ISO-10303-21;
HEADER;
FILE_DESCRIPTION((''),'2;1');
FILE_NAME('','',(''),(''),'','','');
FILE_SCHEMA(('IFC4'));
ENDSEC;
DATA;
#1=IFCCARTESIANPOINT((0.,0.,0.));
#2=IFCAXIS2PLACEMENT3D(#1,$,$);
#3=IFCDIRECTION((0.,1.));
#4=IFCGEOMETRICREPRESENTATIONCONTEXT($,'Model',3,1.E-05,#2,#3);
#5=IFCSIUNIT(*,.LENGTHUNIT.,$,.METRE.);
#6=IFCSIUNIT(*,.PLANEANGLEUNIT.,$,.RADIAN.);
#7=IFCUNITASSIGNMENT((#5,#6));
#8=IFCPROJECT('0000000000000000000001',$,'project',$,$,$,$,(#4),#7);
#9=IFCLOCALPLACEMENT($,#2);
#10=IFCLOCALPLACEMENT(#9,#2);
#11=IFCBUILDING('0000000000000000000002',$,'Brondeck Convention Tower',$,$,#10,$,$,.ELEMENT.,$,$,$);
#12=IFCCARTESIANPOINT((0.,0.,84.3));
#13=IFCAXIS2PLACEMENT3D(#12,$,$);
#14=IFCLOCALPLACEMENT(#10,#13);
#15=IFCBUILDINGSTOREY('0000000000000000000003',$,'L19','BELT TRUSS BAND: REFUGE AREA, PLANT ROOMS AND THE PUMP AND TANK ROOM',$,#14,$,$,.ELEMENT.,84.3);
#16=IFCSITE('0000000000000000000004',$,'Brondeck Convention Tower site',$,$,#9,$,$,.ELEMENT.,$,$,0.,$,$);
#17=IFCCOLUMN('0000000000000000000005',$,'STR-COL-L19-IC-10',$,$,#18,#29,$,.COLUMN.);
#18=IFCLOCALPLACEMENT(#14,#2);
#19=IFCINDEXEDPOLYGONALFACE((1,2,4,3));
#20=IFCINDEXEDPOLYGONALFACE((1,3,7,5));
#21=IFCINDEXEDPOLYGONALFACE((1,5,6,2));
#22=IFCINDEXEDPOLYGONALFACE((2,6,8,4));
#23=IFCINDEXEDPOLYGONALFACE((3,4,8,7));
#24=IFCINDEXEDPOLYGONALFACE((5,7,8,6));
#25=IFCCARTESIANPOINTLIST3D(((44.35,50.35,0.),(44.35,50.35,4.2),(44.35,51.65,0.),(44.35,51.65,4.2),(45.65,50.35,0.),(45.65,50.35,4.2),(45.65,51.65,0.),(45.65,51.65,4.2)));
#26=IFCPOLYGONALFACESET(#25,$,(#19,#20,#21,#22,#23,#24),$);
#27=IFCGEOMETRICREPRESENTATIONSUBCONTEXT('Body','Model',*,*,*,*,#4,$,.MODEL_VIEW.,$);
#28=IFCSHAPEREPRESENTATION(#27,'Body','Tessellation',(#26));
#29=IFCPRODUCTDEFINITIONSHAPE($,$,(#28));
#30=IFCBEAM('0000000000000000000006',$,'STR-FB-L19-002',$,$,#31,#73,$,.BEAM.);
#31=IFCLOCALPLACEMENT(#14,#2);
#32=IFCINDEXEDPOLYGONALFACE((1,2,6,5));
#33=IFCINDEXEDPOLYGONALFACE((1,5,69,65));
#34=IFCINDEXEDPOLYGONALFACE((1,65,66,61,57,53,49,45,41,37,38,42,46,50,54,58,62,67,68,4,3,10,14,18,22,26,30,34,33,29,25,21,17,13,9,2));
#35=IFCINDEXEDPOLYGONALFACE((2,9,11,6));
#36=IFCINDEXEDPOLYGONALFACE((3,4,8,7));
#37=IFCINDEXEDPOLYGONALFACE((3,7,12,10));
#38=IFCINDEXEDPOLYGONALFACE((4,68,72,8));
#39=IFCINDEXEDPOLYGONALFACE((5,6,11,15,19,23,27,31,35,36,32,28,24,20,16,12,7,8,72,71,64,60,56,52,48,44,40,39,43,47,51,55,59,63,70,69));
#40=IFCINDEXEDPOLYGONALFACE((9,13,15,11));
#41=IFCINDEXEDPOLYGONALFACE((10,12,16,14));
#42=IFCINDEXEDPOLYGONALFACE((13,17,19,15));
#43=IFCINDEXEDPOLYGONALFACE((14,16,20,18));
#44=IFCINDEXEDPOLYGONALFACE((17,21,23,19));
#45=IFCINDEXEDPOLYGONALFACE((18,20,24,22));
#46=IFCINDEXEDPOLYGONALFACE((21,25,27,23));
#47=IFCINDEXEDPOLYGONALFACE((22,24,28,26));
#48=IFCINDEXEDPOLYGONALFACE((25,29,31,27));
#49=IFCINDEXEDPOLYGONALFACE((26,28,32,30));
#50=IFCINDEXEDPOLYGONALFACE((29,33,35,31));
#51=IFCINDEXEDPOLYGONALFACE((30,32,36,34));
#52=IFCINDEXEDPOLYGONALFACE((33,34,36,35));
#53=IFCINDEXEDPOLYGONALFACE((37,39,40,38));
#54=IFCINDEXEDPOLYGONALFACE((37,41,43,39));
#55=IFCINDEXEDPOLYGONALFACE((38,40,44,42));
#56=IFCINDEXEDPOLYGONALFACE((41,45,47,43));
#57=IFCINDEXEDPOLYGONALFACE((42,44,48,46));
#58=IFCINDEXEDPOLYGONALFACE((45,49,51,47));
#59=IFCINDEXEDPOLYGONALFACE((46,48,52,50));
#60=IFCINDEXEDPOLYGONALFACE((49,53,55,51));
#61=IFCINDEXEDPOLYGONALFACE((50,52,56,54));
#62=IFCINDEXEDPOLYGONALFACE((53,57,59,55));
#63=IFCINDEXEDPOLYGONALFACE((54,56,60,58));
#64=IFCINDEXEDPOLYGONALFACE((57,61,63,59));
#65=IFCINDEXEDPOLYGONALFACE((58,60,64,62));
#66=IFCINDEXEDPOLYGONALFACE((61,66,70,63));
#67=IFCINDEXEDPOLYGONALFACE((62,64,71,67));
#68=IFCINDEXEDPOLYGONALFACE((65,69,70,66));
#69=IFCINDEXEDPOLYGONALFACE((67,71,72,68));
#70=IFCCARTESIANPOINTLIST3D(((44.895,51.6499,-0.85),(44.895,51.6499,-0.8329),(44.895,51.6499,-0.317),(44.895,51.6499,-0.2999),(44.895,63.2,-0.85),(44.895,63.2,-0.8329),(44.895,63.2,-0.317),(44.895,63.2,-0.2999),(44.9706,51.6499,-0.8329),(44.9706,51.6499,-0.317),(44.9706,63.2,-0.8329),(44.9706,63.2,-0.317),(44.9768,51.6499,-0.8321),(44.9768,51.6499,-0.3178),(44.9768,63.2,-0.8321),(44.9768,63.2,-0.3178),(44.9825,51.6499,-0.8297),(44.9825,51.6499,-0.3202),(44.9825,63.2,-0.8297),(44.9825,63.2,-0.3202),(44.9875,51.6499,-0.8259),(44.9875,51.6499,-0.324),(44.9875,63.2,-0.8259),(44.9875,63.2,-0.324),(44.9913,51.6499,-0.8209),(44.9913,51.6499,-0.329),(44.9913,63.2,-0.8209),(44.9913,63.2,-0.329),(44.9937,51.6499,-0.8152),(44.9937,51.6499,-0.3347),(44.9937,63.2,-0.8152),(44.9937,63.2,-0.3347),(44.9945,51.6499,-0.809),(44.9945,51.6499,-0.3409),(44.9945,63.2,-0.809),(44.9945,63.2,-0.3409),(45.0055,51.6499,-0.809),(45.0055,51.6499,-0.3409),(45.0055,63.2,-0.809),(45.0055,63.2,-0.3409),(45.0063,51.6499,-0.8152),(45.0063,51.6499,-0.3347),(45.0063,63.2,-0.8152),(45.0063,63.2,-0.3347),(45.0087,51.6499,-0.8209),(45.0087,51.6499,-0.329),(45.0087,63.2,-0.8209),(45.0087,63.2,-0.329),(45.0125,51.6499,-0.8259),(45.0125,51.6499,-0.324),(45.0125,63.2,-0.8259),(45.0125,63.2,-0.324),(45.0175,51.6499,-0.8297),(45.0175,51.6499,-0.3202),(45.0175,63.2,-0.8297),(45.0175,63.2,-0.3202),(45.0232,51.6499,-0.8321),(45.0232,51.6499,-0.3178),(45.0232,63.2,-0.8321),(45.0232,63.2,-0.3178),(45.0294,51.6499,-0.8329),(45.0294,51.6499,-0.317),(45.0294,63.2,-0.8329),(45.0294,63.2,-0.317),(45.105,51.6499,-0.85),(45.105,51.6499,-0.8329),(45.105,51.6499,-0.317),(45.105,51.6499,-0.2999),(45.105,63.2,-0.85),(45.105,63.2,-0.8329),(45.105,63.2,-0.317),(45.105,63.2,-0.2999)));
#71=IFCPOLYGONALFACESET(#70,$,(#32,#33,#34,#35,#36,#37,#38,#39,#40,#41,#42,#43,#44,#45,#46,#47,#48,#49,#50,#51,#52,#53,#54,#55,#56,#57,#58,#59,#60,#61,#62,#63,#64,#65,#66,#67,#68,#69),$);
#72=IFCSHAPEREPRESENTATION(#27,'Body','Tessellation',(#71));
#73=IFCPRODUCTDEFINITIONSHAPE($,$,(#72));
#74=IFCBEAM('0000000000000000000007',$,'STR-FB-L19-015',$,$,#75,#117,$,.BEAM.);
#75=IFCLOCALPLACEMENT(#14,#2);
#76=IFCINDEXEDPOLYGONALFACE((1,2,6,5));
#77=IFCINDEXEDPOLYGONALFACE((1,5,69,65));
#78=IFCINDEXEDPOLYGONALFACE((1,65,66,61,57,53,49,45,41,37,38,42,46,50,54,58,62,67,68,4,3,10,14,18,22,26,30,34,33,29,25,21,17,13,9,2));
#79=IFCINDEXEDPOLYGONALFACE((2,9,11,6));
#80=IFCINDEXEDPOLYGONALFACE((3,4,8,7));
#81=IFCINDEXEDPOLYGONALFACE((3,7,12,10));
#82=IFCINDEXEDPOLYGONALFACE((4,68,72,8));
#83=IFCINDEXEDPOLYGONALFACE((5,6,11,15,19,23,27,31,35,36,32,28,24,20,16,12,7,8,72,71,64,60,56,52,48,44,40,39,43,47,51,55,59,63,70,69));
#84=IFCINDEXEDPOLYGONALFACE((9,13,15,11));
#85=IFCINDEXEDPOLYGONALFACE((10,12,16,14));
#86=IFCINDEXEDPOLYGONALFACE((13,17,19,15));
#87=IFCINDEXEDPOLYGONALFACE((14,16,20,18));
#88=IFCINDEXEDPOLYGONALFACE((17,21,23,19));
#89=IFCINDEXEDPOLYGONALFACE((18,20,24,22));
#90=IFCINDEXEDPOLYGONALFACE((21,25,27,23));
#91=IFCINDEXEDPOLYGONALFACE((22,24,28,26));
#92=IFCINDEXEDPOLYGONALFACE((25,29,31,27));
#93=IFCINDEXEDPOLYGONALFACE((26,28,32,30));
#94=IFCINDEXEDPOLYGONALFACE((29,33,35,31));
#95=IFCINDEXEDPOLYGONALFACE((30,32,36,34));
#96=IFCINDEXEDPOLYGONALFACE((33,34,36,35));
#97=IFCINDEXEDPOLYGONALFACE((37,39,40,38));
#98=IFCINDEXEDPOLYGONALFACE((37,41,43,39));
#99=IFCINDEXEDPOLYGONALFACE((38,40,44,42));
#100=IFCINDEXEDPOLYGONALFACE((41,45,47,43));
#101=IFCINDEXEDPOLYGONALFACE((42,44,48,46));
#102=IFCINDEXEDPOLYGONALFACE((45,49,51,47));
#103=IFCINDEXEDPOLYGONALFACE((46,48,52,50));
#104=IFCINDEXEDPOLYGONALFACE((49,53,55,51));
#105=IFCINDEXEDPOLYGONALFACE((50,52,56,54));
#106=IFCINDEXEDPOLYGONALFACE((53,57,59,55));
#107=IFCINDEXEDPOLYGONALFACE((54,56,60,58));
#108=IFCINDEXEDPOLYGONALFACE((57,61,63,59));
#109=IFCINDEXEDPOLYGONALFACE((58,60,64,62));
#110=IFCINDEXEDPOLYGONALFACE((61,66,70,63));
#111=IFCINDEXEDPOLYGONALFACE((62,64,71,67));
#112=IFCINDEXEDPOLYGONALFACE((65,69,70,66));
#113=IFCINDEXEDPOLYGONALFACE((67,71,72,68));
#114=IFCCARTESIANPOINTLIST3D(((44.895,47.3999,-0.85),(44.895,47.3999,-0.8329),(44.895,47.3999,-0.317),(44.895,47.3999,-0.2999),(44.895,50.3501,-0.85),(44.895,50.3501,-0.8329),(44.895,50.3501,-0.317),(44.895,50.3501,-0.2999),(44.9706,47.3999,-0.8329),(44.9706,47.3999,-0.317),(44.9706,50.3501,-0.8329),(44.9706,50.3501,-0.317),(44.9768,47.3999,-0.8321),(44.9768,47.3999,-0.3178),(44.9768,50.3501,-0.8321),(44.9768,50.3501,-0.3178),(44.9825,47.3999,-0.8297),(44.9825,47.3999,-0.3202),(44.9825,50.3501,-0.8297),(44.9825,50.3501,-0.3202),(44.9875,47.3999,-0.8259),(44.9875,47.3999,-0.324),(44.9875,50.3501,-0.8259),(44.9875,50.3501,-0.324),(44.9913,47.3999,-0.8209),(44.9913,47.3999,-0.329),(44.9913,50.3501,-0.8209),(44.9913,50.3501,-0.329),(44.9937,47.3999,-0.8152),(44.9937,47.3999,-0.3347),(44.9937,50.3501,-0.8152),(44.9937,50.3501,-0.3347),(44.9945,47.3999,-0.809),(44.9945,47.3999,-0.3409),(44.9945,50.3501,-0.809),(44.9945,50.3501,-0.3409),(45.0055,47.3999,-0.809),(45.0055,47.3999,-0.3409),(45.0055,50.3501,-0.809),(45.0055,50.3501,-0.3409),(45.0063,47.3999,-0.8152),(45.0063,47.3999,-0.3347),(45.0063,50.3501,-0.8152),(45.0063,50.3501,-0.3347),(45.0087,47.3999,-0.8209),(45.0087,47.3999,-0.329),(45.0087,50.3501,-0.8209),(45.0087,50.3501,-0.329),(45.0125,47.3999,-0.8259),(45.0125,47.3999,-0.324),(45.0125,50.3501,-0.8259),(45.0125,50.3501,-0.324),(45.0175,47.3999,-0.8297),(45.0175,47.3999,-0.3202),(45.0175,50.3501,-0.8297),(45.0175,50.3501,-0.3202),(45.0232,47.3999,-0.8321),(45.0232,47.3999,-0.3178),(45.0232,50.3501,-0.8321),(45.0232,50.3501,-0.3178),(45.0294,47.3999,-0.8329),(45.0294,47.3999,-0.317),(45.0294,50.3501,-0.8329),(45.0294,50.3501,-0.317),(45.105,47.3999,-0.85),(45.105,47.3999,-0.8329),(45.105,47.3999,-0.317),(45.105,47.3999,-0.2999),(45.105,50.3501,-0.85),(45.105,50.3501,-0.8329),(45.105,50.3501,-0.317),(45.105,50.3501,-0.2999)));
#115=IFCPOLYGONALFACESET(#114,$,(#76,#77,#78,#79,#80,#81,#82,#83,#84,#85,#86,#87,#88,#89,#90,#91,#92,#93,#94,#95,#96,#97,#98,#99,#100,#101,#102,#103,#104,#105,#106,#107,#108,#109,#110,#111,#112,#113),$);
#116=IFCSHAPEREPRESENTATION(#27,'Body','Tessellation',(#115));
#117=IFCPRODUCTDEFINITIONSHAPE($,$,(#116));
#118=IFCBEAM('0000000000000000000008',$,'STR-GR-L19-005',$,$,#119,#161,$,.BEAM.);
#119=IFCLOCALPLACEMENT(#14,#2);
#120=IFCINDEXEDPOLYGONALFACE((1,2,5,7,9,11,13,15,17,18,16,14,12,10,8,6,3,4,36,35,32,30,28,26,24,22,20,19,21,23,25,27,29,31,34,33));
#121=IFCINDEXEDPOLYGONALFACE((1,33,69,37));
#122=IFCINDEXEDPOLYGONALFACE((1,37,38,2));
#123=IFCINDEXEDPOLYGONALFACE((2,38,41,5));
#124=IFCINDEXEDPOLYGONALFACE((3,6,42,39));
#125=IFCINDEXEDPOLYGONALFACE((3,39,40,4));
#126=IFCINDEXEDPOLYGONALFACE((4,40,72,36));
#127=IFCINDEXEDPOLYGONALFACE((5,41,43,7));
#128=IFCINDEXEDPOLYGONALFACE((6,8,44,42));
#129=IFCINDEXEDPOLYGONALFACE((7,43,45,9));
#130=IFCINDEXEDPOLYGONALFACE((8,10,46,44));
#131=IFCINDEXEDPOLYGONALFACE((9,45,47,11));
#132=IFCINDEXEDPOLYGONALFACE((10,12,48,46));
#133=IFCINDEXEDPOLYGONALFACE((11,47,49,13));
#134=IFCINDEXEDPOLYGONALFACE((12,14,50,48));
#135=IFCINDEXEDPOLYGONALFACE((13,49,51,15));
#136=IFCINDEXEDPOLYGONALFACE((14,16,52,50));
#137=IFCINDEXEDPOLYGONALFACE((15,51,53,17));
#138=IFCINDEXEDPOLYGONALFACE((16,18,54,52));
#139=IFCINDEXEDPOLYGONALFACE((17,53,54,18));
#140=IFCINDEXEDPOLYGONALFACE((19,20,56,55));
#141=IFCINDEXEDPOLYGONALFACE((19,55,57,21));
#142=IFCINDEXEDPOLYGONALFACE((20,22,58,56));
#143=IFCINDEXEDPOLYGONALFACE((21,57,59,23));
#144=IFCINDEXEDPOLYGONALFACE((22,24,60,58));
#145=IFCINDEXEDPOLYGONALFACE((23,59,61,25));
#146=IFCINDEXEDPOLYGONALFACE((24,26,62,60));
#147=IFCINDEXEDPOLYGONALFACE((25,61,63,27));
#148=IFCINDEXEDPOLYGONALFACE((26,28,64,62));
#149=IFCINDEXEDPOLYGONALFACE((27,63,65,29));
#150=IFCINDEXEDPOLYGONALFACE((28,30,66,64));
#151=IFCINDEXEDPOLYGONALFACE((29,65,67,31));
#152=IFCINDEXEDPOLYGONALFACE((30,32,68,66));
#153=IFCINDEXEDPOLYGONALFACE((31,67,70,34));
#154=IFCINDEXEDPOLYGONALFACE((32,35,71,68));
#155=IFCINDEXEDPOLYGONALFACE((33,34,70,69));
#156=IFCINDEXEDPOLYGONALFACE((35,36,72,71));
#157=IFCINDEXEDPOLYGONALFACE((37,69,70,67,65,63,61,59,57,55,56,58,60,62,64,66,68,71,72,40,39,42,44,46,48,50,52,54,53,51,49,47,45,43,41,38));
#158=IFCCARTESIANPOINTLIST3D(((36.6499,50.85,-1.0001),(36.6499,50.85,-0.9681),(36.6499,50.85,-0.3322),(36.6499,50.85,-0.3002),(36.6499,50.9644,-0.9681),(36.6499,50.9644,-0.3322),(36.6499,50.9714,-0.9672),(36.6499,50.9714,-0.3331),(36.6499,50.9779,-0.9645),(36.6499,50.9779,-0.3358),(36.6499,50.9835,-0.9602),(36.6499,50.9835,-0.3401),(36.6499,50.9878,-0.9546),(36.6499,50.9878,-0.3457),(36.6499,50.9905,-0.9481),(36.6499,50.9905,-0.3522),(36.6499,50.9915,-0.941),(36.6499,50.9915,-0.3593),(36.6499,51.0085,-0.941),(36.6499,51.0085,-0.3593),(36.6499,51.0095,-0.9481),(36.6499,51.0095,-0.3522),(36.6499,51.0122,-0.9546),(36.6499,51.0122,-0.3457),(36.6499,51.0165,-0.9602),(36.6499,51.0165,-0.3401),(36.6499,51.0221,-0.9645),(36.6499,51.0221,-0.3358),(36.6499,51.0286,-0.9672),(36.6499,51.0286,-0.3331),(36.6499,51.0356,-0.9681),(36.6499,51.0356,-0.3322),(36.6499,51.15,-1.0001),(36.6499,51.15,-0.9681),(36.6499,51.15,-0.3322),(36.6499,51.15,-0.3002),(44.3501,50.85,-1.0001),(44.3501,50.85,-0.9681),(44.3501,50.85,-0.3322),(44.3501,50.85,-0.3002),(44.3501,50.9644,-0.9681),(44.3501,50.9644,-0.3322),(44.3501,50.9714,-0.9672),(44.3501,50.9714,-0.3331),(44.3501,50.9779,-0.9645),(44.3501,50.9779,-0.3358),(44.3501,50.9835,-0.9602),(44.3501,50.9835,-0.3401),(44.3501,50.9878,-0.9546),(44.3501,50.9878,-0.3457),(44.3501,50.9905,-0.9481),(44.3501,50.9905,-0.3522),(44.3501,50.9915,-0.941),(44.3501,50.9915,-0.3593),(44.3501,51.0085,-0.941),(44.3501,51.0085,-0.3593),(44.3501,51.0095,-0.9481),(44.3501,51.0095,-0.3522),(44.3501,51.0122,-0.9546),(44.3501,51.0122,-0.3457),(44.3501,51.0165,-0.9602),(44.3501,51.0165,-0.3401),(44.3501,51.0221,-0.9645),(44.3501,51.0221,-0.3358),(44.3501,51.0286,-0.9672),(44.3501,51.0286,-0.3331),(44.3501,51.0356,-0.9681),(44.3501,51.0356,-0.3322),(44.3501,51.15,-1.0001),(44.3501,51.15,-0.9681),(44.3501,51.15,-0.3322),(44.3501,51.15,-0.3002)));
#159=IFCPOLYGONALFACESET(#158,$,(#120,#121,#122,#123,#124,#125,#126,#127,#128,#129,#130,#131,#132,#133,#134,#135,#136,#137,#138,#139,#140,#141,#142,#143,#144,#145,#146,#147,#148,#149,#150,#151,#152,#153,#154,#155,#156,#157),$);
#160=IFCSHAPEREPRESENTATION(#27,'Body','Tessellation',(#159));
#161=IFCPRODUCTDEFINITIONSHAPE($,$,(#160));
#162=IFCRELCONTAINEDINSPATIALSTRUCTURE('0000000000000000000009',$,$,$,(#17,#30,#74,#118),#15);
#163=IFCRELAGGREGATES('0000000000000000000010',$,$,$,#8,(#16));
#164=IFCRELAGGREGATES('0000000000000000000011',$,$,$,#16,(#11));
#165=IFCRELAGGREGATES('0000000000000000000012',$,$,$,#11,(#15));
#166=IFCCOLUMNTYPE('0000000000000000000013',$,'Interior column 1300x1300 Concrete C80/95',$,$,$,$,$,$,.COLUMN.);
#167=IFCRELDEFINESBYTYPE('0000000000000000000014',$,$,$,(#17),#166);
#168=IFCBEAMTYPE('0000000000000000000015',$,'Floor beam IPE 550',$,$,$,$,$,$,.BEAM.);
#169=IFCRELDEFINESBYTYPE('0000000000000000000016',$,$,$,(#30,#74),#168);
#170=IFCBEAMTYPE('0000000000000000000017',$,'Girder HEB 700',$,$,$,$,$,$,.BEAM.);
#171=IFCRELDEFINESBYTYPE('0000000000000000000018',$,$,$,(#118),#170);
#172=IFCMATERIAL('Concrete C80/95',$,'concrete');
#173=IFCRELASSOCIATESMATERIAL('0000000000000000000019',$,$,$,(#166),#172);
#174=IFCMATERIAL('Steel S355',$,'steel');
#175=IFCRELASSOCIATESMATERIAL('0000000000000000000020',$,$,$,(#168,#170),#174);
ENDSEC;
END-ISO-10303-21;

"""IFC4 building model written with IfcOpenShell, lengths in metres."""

from ifc_helpers import new_model, si_unit, direction, frame, origin, origin_2d, place, context, subcontext, project, spatial, rectangle, i_section, extrude, material, material_profile, profile_set, type_object, element, save


model = new_model("IFC4")

# Units and contexts
model_context = context("Model", 3, precision=1e-05, world=origin(), true_north=direction((0.0, 1.0)))
body_context = subcontext(model_context, "Body", "Model", "MODEL_VIEW")
ifc_project = project(units=[si_unit("LENGTHUNIT", "METRE"), si_unit("PLANEANGLEUNIT", "RADIAN")], contexts=[model_context])

# Site, building, storey
site_placement = place(None, origin())
site = spatial("IfcSite", under=ifc_project, at=site_placement, Name="Brondeck Convention Tower site", CompositionType="ELEMENT", RefElevation=0.0)
building_placement = place(site_placement, origin())
building = spatial("IfcBuilding", under=site, at=building_placement, Name="Brondeck Convention Tower", CompositionType="ELEMENT")
storey_placement = place(building_placement, frame((0.0, 0.0, 84.3)))
storey = spatial("IfcBuildingStorey", under=building, at=storey_placement, Name="L19", Description="BELT TRUSS BAND: REFUGE AREA, PLANT ROOMS AND THE PUMP AND TANK ROOM", CompositionType="ELEMENT", Elevation=84.3)

# Column
ifc_material_1 = material(Name="Concrete C80/95", Category="concrete")
ifc_material_profile_1 = material_profile(ifc_material_1, rectangle(XDim=1.3, YDim=1.3, at=origin_2d()), Name="Interior column 1300x1300 Concrete C80/95")
ifc_profile_set_1 = profile_set([ifc_material_profile_1], Name="Concrete C80/95")
column_type = type_object("IfcColumnType", Name="Interior column 1300x1300 Concrete C80/95", PredefinedType="COLUMN", material=ifc_profile_set_1)
column_placement = place(storey_placement, frame((45.0, 51.0, 0.0), z_axis=(0.0, 0.0, 1.0), x_axis=(1.0, 0.0, 0.0)))
element("IfcColumn", 1, at=column_placement, inside=storey, type_object=column_type, Name="STR-COL-L19-IC-10", PredefinedType="COLUMN", context=body_context, shape_type="SweptSolid", body=[
    extrude(rectangle(XDim=1.3, YDim=1.3, at=origin_2d()), origin(), (0.0, 0.0, 1.0), 4.2),
])

# Beams
ifc_material_2 = material(Name="Steel S355", Category="steel")
ifc_material_profile_2 = material_profile(ifc_material_2, i_section(OverallWidth=0.21, OverallDepth=0.55, WebThickness=0.011, FlangeThickness=0.0171, FilletRadius=0.0239, at=origin_2d()), Name="IPE 550")
ifc_profile_set_2 = profile_set([ifc_material_profile_2], Name="Steel S355")
beam_type_1 = type_object("IfcBeamType", Name="Floor beam IPE 550", PredefinedType="BEAM", material=ifc_profile_set_2)
beam_1_placement = place(storey_placement, frame((45.0, 51.6499, -0.575), z_axis=(0.0, 1.0, 0.0), x_axis=(-1.0, 0.0, 0.0)))
element("IfcBeam", 2, at=beam_1_placement, inside=storey, type_object=beam_type_1, Name="STR-FB-L19-002", PredefinedType="BEAM", context=body_context, shape_type="SweptSolid", body=[
    extrude(i_section(OverallWidth=0.21, OverallDepth=0.55, WebThickness=0.011, FlangeThickness=0.0171, FilletRadius=0.0239, at=origin_2d()), origin(), (0.0, 0.0, 1.0), 11.55),
])
beam_2_placement = place(storey_placement, frame((45.0, 47.3999, -0.575), z_axis=(0.0, 1.0, 0.0), x_axis=(-1.0, 0.0, 0.0)))
element("IfcBeam", 3, at=beam_2_placement, inside=storey, type_object=beam_type_1, Name="STR-FB-L19-015", PredefinedType="BEAM", context=body_context, shape_type="SweptSolid", body=[
    extrude(i_section(OverallWidth=0.21, OverallDepth=0.55, WebThickness=0.011, FlangeThickness=0.0171, FilletRadius=0.0239, at=origin_2d()), origin(), (0.0, 0.0, 1.0), 2.9502),
])
ifc_material_profile_3 = material_profile(ifc_material_2, i_section(OverallWidth=0.3, OverallDepth=0.7, WebThickness=0.0171, FlangeThickness=0.032, FilletRadius=0.0271, at=origin_2d()), Name="HEB 700")
ifc_profile_set_3 = profile_set([ifc_material_profile_3], Name="Steel S355")
beam_type_2 = type_object("IfcBeamType", Name="Girder HEB 700", PredefinedType="BEAM", material=ifc_profile_set_3)
for number, where, z_axis, x_axis, name in (
    (4, (36.6499, 51.0, -0.6501), (1.0, 0.0, 0.0), (0.0, 1.0, 0.0), "STR-GR-L19-005"),
):
    element("IfcBeam", number, at=place(storey_placement, frame(where, z_axis=z_axis, x_axis=x_axis)), inside=storey, type_object=beam_type_2, Name=name, PredefinedType="BEAM", context=body_context, shape_type="SweptSolid", body=[
        extrude(i_section(OverallWidth=0.3, OverallDepth=0.7, WebThickness=0.0171, FlangeThickness=0.032, FilletRadius=0.0271, at=origin_2d()), origin(), (0.0, 0.0, 1.0), 7.7002),
    ])

save(model, "model.ifc")
